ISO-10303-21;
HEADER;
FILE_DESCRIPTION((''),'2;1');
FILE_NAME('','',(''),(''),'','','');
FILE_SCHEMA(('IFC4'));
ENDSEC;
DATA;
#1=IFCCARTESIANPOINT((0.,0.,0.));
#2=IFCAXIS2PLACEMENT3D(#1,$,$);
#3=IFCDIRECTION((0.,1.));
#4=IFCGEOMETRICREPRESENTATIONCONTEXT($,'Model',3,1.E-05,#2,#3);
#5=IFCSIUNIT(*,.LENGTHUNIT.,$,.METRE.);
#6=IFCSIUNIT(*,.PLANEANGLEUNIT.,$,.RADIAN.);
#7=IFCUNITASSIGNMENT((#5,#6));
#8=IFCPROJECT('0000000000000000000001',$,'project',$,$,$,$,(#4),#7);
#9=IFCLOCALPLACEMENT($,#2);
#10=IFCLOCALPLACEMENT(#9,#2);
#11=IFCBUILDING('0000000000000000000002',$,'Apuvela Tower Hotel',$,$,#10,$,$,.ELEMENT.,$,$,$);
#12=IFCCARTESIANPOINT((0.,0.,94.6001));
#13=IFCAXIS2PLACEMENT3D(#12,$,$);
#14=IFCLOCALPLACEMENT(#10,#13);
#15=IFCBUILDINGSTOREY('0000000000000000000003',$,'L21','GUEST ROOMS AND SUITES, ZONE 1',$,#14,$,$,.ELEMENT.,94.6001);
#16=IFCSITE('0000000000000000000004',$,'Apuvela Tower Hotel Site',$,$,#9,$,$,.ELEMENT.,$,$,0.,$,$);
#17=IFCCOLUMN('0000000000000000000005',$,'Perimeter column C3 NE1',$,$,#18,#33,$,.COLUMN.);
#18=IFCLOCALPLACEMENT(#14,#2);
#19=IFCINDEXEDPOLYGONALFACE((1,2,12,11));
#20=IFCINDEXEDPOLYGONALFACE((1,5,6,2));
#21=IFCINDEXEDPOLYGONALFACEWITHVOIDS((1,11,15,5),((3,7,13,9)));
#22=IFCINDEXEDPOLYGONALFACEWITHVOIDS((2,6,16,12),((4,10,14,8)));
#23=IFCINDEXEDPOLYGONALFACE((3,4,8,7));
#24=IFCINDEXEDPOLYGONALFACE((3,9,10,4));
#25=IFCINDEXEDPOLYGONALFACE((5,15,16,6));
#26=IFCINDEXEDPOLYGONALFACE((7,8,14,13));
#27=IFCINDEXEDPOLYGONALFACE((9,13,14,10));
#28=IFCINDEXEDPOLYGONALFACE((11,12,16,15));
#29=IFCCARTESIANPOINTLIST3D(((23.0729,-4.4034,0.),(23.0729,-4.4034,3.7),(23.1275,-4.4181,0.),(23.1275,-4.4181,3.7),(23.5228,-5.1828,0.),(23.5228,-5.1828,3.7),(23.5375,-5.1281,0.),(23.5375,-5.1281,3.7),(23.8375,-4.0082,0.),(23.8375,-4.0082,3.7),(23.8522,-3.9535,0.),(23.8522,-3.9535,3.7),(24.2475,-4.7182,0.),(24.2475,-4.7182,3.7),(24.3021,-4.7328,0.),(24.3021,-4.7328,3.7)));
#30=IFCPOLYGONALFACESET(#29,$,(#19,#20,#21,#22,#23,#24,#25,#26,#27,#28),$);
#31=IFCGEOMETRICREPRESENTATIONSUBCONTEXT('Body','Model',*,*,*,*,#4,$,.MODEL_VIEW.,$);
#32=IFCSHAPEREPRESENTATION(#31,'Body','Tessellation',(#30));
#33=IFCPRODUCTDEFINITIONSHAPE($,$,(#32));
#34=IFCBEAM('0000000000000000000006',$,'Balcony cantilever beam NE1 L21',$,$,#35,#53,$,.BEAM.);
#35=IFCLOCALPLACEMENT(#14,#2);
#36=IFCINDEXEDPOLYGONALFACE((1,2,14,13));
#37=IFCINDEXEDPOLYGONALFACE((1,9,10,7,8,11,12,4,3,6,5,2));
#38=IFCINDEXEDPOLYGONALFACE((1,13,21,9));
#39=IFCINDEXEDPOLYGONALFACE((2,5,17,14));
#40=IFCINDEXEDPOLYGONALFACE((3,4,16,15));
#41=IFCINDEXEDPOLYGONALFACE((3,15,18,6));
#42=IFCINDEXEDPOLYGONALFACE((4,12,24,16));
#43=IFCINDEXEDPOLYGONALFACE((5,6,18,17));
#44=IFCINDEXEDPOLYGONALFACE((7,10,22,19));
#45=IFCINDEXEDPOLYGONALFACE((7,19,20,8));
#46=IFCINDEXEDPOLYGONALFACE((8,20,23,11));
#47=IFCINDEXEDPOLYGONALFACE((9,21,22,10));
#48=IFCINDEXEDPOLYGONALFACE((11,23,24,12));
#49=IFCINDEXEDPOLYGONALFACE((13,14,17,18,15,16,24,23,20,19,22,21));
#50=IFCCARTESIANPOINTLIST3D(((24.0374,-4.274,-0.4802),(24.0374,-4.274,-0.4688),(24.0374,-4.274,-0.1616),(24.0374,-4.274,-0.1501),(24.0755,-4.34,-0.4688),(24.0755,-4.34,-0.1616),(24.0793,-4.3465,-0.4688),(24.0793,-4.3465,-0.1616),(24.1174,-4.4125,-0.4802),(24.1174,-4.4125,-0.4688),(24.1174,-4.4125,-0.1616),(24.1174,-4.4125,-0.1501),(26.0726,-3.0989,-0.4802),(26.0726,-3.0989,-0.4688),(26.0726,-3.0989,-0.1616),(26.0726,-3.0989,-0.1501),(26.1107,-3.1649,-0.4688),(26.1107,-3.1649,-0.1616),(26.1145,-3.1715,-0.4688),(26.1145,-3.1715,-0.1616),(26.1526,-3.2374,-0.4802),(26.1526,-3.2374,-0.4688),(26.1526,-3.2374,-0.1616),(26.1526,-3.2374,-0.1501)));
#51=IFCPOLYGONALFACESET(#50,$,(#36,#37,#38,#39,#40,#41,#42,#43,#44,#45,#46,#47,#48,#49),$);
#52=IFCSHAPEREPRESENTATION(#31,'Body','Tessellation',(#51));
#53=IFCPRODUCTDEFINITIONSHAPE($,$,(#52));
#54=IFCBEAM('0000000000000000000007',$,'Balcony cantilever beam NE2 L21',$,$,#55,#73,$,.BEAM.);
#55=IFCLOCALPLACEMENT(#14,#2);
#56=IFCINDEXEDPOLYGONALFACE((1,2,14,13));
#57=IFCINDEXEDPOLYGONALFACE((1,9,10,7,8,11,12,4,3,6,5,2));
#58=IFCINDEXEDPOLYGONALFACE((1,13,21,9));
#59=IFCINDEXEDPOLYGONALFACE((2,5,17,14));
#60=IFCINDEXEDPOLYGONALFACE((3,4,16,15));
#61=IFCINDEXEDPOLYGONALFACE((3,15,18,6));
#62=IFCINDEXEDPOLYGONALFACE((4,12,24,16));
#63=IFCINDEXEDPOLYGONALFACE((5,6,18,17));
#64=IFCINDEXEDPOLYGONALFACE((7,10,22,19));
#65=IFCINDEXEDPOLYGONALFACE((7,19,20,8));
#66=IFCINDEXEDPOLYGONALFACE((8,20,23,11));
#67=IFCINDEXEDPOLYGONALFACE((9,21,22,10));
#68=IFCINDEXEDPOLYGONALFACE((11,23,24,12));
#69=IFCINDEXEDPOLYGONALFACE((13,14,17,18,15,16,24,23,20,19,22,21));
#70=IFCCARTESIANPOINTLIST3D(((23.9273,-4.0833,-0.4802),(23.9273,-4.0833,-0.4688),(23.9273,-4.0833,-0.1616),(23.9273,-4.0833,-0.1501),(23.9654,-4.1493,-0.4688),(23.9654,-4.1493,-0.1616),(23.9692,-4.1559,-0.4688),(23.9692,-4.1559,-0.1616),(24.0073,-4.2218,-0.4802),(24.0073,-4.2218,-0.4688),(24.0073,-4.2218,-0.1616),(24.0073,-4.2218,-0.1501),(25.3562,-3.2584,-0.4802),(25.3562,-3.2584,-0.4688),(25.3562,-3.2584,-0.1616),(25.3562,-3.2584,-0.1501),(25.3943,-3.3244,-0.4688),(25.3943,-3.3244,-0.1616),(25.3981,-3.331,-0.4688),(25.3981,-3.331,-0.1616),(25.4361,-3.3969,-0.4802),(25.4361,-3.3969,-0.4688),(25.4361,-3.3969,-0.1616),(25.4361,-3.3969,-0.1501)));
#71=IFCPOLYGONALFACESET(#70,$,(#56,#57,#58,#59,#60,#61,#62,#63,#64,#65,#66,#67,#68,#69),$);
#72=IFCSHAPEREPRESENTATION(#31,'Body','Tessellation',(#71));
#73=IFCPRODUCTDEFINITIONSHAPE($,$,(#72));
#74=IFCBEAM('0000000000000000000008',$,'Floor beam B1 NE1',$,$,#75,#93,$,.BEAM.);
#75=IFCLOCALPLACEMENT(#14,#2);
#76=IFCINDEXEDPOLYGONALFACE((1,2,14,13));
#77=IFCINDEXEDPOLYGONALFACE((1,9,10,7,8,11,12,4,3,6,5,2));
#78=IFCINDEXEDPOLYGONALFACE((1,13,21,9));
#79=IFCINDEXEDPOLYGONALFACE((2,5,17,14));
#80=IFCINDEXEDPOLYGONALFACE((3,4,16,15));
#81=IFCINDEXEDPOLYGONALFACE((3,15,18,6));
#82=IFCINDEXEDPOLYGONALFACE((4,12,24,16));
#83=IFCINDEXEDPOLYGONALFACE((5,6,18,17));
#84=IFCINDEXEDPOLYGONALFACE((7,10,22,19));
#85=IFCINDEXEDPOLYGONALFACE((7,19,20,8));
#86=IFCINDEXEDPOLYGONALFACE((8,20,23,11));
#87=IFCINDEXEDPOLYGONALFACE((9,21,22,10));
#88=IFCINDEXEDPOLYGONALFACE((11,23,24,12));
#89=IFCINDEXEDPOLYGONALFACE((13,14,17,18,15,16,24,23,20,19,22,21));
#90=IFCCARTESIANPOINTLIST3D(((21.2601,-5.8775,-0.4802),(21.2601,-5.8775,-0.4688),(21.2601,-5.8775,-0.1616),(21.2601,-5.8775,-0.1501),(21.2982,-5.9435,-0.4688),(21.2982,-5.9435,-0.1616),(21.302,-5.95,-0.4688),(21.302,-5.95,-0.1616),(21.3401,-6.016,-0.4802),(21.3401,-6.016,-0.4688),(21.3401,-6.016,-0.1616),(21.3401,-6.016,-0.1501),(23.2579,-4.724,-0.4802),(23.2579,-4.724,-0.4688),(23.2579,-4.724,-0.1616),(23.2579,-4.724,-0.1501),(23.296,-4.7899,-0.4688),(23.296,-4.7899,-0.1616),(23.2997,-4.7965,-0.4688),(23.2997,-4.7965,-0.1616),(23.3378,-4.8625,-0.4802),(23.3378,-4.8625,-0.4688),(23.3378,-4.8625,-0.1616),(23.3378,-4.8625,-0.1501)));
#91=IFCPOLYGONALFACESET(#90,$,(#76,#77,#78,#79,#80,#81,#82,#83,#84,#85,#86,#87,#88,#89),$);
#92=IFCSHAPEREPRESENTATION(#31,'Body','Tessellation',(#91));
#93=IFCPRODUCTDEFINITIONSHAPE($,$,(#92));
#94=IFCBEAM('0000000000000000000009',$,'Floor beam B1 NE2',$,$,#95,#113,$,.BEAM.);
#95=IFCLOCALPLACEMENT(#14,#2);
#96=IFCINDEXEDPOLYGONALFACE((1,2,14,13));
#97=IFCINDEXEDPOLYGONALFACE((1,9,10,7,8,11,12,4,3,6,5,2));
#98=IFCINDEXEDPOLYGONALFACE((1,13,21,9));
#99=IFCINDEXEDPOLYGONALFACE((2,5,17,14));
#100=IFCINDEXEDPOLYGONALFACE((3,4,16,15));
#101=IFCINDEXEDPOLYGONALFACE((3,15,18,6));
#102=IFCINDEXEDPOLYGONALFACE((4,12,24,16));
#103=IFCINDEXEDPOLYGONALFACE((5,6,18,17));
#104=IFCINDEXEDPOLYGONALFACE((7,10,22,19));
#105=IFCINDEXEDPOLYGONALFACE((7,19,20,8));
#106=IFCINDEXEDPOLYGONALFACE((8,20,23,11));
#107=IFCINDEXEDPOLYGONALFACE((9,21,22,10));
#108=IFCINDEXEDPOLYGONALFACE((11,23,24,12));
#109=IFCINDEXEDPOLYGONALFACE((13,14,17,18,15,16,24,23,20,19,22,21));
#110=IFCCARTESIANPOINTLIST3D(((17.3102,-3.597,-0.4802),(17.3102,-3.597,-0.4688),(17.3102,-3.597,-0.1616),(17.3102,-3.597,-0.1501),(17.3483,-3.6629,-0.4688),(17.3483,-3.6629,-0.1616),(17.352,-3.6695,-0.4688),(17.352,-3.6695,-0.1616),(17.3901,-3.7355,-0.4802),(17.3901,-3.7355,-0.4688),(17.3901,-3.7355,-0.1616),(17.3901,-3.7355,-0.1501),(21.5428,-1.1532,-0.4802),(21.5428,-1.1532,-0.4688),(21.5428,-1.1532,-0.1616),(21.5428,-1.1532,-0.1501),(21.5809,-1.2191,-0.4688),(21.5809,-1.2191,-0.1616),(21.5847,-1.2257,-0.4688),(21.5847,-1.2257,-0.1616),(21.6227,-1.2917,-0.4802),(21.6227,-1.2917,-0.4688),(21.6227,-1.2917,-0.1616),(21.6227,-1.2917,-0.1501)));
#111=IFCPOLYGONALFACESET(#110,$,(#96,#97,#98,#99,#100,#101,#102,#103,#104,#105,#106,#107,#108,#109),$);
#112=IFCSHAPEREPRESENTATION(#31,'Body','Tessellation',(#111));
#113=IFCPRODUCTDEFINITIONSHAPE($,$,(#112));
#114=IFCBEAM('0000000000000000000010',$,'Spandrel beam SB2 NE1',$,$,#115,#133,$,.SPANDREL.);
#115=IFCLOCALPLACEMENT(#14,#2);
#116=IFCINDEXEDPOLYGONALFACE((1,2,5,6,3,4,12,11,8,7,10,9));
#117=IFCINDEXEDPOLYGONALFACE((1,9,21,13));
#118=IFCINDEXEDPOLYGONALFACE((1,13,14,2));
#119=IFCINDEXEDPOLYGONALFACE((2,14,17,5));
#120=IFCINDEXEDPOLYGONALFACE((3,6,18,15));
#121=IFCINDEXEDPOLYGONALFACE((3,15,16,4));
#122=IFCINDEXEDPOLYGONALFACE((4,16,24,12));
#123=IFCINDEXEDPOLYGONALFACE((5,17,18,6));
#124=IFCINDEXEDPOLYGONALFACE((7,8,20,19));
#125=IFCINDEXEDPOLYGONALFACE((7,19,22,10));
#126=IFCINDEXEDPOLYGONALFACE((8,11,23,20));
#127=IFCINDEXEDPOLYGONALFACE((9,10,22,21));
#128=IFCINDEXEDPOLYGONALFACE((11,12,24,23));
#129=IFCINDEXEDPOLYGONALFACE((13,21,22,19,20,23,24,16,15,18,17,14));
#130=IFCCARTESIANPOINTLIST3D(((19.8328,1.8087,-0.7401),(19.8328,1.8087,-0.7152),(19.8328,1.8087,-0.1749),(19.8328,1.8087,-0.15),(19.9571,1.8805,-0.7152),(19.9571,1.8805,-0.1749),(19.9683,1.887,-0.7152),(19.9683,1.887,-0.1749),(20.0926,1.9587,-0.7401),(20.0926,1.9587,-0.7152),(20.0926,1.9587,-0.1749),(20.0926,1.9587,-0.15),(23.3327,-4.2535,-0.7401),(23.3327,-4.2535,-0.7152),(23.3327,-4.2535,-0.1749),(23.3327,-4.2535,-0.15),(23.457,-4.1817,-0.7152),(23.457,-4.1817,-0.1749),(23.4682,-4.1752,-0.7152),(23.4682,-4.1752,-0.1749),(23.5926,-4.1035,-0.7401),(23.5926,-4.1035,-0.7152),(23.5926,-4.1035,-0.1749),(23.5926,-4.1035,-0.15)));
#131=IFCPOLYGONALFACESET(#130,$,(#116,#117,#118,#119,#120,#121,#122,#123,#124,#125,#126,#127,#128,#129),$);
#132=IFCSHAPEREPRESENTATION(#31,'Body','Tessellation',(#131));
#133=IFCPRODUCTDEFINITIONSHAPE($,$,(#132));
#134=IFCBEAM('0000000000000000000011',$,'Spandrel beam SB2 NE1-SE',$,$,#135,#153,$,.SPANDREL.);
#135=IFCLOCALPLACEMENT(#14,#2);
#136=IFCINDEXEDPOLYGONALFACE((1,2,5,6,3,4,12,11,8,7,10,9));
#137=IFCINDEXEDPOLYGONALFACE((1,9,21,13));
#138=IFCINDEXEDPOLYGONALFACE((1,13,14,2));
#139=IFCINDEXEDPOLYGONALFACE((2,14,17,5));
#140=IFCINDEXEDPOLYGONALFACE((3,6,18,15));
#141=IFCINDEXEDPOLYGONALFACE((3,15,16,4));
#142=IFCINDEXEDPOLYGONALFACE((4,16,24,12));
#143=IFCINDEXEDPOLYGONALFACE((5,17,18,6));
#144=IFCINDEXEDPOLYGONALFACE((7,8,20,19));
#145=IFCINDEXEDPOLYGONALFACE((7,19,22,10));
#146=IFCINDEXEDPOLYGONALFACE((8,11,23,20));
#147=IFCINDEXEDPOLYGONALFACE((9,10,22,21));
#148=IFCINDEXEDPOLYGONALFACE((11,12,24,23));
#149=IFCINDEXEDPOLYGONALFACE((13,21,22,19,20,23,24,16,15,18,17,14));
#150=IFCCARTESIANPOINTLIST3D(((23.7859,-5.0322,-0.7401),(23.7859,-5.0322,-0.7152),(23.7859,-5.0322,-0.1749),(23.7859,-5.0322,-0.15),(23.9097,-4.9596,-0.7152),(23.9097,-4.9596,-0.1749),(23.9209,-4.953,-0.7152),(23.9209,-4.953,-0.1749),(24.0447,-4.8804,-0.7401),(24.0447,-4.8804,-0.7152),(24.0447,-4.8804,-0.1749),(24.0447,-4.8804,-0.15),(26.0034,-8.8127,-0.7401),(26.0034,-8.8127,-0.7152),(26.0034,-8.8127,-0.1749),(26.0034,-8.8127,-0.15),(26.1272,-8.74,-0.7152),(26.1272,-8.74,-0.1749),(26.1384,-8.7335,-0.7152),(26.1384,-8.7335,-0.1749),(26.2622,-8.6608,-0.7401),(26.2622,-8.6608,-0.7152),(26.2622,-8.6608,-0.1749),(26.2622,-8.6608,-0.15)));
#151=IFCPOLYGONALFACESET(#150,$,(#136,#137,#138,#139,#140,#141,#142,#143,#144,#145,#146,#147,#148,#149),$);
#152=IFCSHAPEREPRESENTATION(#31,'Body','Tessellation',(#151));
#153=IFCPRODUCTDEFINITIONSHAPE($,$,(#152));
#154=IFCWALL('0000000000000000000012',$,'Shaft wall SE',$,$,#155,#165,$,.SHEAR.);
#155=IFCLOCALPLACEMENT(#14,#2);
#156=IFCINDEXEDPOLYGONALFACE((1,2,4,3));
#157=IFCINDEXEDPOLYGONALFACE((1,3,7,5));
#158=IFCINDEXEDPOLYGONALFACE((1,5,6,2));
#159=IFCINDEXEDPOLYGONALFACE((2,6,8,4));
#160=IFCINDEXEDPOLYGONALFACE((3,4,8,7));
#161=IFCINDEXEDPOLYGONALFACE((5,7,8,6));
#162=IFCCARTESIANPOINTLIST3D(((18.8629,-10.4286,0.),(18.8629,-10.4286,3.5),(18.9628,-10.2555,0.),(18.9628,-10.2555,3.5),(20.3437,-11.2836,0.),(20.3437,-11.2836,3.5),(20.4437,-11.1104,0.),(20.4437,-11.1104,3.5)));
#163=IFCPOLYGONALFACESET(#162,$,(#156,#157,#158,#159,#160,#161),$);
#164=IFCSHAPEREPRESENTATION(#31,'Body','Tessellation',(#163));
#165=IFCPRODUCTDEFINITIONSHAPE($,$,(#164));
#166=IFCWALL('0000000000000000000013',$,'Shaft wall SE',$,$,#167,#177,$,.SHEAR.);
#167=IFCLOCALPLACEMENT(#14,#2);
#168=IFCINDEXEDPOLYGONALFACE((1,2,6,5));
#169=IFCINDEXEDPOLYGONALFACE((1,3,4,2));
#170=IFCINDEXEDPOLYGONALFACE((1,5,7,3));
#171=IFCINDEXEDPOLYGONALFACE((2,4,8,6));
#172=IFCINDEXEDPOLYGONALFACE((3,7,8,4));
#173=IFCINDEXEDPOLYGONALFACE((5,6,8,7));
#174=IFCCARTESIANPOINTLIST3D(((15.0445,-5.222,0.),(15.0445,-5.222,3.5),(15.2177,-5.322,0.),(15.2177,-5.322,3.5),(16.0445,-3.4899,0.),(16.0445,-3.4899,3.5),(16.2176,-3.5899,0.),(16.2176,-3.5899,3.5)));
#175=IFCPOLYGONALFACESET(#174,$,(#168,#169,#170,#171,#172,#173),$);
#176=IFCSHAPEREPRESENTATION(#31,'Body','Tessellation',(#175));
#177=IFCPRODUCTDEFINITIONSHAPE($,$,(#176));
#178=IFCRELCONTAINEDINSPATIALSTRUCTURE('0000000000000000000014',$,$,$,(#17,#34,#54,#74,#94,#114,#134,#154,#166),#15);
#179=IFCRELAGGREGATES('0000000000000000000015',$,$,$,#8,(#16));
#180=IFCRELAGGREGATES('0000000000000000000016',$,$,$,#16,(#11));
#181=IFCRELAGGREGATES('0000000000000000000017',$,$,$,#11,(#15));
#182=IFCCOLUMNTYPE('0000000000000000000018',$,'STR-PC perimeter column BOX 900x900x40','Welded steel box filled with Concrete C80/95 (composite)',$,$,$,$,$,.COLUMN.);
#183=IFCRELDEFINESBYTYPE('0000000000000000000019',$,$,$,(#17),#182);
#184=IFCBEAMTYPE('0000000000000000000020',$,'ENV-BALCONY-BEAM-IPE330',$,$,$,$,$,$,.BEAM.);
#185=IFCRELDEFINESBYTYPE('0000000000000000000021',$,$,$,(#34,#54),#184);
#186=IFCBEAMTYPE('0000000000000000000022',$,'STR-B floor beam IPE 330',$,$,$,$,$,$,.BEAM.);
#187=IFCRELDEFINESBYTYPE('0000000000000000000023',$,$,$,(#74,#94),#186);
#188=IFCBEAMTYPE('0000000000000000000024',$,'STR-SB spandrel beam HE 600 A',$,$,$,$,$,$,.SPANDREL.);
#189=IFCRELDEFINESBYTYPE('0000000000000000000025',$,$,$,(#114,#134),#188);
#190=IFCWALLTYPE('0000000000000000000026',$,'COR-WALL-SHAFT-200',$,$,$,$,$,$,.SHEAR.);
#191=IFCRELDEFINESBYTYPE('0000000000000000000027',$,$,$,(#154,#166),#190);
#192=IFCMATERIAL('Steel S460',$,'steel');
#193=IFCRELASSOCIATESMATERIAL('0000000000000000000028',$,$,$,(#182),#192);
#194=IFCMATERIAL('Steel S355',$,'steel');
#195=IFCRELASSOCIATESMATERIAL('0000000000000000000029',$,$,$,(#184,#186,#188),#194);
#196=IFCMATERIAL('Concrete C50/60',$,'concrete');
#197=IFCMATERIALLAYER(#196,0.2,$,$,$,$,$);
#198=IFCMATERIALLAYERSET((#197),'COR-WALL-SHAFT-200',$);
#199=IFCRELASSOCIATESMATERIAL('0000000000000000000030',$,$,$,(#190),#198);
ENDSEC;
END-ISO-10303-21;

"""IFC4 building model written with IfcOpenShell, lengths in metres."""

from ifc_helpers import new_model, si_unit, direction, frame, frame_2d, origin, origin_2d, place, context, subcontext, project, spatial, rectangle, hollow_rectangle, i_section, extrude, material, layer, layer_set, material_profile, profile_set, type_object, element, save


model = new_model("IFC4")

# Units and contexts
model_context = context("Model", 3, precision=1e-05, world=origin(), true_north=direction((0.0, 1.0)))
body_context = subcontext(model_context, "Body", "Model", "MODEL_VIEW")
ifc_project = project(units=[si_unit("LENGTHUNIT", "METRE"), si_unit("PLANEANGLEUNIT", "RADIAN")], contexts=[model_context])

# Site, building, storey
site_placement = place(None, origin())
site = spatial("IfcSite", under=ifc_project, at=site_placement, Name="Apuvela Tower Hotel Site", CompositionType="ELEMENT", RefElevation=0.0)
building_placement = place(site_placement, origin())
building = spatial("IfcBuilding", under=site, at=building_placement, Name="Apuvela Tower Hotel", CompositionType="ELEMENT")
storey_placement = place(building_placement, frame((0.0, 0.0, 94.6001)))
storey = spatial("IfcBuildingStorey", under=building, at=storey_placement, Name="L21", Description="GUEST ROOMS AND SUITES, ZONE 1", CompositionType="ELEMENT", Elevation=94.6001)

# Column
ifc_material_1 = material(Name="Steel S460", Category="steel")
ifc_material_profile_1 = material_profile(ifc_material_1, hollow_rectangle(XDim=0.8999, YDim=0.8999, WallThickness=0.04, at=origin_2d()), Name="BOX 900x900x40")
ifc_material_2 = material(Name="Concrete C80/95", Category="concrete")
ifc_material_profile_2 = material_profile(ifc_material_2, rectangle(XDim=0.8201, YDim=0.8201, at=origin_2d()), Name="Concrete C80/95 infill")
ifc_profile_set_1 = profile_set([ifc_material_profile_1, ifc_material_profile_2], Name="Steel S460")
column_type = type_object("IfcColumnType", Name="STR-PC perimeter column BOX 900x900x40", Description="Welded steel box filled with Concrete C80/95 (composite)", PredefinedType="COLUMN", material=ifc_profile_set_1)
column_placement = place(storey_placement, frame((23.6875, -4.5681, 0.0), z_axis=(0.0, 0.0, 1.0), x_axis=(-0.5, 0.866025, 0.0)))
element("IfcColumn", 1, at=column_placement, inside=storey, type_object=column_type, Name="Perimeter column C3 NE1", PredefinedType="COLUMN", context=body_context, shape_type="SweptSolid", body=[
    extrude(hollow_rectangle(XDim=0.8999, YDim=0.8999, WallThickness=0.04, at=origin_2d()), origin(), (0.0, 0.0, 1.0), 3.7),
])

# Beams
ifc_material_3 = material(Name="Steel S355", Category="steel")
ifc_material_profile_3 = material_profile(ifc_material_3, i_section(OverallWidth=0.1599, OverallDepth=0.3301, WebThickness=0.0076, FlangeThickness=0.0115, at=origin_2d()), Name="IPE 330")
ifc_profile_set_2 = profile_set([ifc_material_profile_3], Name="Steel S355")
beam_type_1 = type_object("IfcBeamType", Name="ENV-BALCONY-BEAM-IPE330", PredefinedType="BEAM", material=ifc_profile_set_2)
beam_1_placement = place(storey_placement, frame((24.0774, -4.3433, -0.3152), z_axis=(0.866016, 0.500016, 0.0), x_axis=(-0.500016, 0.866016, 0.0)))
element("IfcBeam", 2, at=beam_1_placement, inside=storey, type_object=beam_type_1, Name="Balcony cantilever beam NE1 L21", PredefinedType="BEAM", context=body_context, shape_type="SweptSolid", body=[
    extrude(i_section(OverallWidth=0.1599, OverallDepth=0.3301, WebThickness=0.0076, FlangeThickness=0.0115, at=origin_2d()), origin(), (0.0, 0.0, 1.0), 2.3501),
])
beam_2_placement = place(storey_placement, frame((23.9673, -4.1526, -0.3152), z_axis=(0.86604, 0.499974, 0.0), x_axis=(-0.499974, 0.86604, 0.0)))
element("IfcBeam", 3, at=beam_2_placement, inside=storey, type_object=beam_type_1, Name="Balcony cantilever beam NE2 L21", PredefinedType="BEAM", context=body_context, shape_type="SweptSolid", body=[
    extrude(i_section(OverallWidth=0.1599, OverallDepth=0.3301, WebThickness=0.0076, FlangeThickness=0.0115, at=origin_2d()), origin(), (0.0, 0.0, 1.0), 1.6499),
])
ifc_material_profile_4 = material_profile(ifc_material_3, i_section(OverallWidth=0.1599, OverallDepth=0.3301, WebThickness=0.0076, FlangeThickness=0.0115, at=origin_2d()), Name="IPE 330")
ifc_profile_set_3 = profile_set([ifc_material_profile_4], Name="Steel S355")
beam_type_2 = type_object("IfcBeamType", Name="STR-B floor beam IPE 330", PredefinedType="BEAM", material=ifc_profile_set_3)
beam_3_placement = place(storey_placement, frame((23.2979, -4.7932, -0.3152), z_axis=(-0.866001, -0.500043, 0.0), x_axis=(0.500043, -0.866001, 0.0)))
element("IfcBeam", 4, at=beam_3_placement, inside=storey, type_object=beam_type_2, Name="Floor beam B1 NE1", PredefinedType="BEAM", context=body_context, shape_type="SweptSolid", body=[
    extrude(i_section(OverallWidth=0.1599, OverallDepth=0.3301, WebThickness=0.0076, FlangeThickness=0.0115, at=origin_2d()), origin(), (0.0, 0.0, 1.0), 2.3069),
])
beam_4_placement = place(storey_placement, frame((21.5828, -1.2224, -0.3152), z_axis=(-0.866015, -0.500018, 0.0), x_axis=(0.500018, -0.866015, 0.0)))
element("IfcBeam", 5, at=beam_4_placement, inside=storey, type_object=beam_type_2, Name="Floor beam B1 NE2", PredefinedType="BEAM", context=body_context, shape_type="SweptSolid", body=[
    extrude(i_section(OverallWidth=0.1599, OverallDepth=0.3301, WebThickness=0.0076, FlangeThickness=0.0115, at=origin_2d()), origin(), (0.0, 0.0, 1.0), 4.8875),
])
ifc_material_profile_5 = material_profile(ifc_material_3, i_section(OverallWidth=0.3, OverallDepth=0.5901, WebThickness=0.0129, FlangeThickness=0.0249, at=origin_2d()), Name="HE 600 A")
ifc_profile_set_4 = profile_set([ifc_material_profile_5], Name="Steel S355")
beam_type_3 = type_object("IfcBeamType", Name="STR-SB spandrel beam HE 600 A", PredefinedType="SPANDREL", material=ifc_profile_set_4)
beam_5_placement = place(storey_placement, frame((23.4626, -4.1785, -0.4451), z_axis=(-0.499995, 0.866028, 0.0), x_axis=(-0.866028, -0.499995, 0.0)))
element("IfcBeam", 6, at=beam_5_placement, inside=storey, type_object=beam_type_3, Name="Spandrel beam SB2 NE1", PredefinedType="SPANDREL", context=body_context, shape_type="SweptSolid", body=[
    extrude(i_section(OverallWidth=0.3, OverallDepth=0.5901, WebThickness=0.0129, FlangeThickness=0.0249, at=origin_2d()), origin(), (0.0, 0.0, 1.0), 7.0),
])
beam_6_placement = place(storey_placement, frame((23.9153, -4.9563, -0.4451), z_axis=(0.505951, -0.862562, 0.0), x_axis=(0.862562, 0.505951, 0.0)))
element("IfcBeam", 7, at=beam_6_placement, inside=storey, type_object=beam_type_3, Name="Spandrel beam SB2 NE1-SE", PredefinedType="SPANDREL", context=body_context, shape_type="SweptSolid", body=[
    extrude(i_section(OverallWidth=0.3, OverallDepth=0.5901, WebThickness=0.0129, FlangeThickness=0.0249, at=origin_2d()), origin(), (0.0, 0.0, 1.0), 4.3828),
])

# Walls
ifc_material_4 = material(Name="Concrete C50/60", Category="concrete")
ifc_layer_1 = layer(ifc_material_4, 0.2)
ifc_layer_set_1 = layer_set([ifc_layer_1], Name="COR-WALL-SHAFT-200")
wall_type_1 = type_object("IfcWallType", Name="COR-WALL-SHAFT-200", PredefinedType="SHEAR", material=ifc_layer_set_1)
wall_1_placement = place(storey_placement, frame((18.9128, -10.342, 0.0), z_axis=(0.0, 0.0, 1.0), x_axis=(0.866038, -0.499978, 0.0)))
element("IfcWall", 8, at=wall_1_placement, inside=storey, type_object=wall_type_1, Name="Shaft wall SE", PredefinedType="SHEAR", context=body_context, shape_type="SweptSolid", body=[
    extrude(rectangle(XDim=1.71, YDim=0.2, at=frame_2d((0.855, 0.0))), origin(), (0.0, 0.0, 1.0), 3.5),
])
for number, where, z_axis, x_axis, name in (
    (9, (15.1311, -5.272, 0.0), (0.0, 0.0, 1.0), (0.499973, 0.866041, 0.0), "Shaft wall SE"),
):
    element("IfcWall", number, at=place(storey_placement, frame(where, z_axis=z_axis, x_axis=x_axis)), inside=storey, type_object=wall_type_1, Name=name, PredefinedType="SHEAR", context=body_context, shape_type="SweptSolid", body=[
        extrude(rectangle(XDim=2.0, YDim=0.2, at=frame_2d((1.0, 0.0))), origin(), (0.0, 0.0, 1.0), 3.5),
    ])

save(model, "model.ifc")
